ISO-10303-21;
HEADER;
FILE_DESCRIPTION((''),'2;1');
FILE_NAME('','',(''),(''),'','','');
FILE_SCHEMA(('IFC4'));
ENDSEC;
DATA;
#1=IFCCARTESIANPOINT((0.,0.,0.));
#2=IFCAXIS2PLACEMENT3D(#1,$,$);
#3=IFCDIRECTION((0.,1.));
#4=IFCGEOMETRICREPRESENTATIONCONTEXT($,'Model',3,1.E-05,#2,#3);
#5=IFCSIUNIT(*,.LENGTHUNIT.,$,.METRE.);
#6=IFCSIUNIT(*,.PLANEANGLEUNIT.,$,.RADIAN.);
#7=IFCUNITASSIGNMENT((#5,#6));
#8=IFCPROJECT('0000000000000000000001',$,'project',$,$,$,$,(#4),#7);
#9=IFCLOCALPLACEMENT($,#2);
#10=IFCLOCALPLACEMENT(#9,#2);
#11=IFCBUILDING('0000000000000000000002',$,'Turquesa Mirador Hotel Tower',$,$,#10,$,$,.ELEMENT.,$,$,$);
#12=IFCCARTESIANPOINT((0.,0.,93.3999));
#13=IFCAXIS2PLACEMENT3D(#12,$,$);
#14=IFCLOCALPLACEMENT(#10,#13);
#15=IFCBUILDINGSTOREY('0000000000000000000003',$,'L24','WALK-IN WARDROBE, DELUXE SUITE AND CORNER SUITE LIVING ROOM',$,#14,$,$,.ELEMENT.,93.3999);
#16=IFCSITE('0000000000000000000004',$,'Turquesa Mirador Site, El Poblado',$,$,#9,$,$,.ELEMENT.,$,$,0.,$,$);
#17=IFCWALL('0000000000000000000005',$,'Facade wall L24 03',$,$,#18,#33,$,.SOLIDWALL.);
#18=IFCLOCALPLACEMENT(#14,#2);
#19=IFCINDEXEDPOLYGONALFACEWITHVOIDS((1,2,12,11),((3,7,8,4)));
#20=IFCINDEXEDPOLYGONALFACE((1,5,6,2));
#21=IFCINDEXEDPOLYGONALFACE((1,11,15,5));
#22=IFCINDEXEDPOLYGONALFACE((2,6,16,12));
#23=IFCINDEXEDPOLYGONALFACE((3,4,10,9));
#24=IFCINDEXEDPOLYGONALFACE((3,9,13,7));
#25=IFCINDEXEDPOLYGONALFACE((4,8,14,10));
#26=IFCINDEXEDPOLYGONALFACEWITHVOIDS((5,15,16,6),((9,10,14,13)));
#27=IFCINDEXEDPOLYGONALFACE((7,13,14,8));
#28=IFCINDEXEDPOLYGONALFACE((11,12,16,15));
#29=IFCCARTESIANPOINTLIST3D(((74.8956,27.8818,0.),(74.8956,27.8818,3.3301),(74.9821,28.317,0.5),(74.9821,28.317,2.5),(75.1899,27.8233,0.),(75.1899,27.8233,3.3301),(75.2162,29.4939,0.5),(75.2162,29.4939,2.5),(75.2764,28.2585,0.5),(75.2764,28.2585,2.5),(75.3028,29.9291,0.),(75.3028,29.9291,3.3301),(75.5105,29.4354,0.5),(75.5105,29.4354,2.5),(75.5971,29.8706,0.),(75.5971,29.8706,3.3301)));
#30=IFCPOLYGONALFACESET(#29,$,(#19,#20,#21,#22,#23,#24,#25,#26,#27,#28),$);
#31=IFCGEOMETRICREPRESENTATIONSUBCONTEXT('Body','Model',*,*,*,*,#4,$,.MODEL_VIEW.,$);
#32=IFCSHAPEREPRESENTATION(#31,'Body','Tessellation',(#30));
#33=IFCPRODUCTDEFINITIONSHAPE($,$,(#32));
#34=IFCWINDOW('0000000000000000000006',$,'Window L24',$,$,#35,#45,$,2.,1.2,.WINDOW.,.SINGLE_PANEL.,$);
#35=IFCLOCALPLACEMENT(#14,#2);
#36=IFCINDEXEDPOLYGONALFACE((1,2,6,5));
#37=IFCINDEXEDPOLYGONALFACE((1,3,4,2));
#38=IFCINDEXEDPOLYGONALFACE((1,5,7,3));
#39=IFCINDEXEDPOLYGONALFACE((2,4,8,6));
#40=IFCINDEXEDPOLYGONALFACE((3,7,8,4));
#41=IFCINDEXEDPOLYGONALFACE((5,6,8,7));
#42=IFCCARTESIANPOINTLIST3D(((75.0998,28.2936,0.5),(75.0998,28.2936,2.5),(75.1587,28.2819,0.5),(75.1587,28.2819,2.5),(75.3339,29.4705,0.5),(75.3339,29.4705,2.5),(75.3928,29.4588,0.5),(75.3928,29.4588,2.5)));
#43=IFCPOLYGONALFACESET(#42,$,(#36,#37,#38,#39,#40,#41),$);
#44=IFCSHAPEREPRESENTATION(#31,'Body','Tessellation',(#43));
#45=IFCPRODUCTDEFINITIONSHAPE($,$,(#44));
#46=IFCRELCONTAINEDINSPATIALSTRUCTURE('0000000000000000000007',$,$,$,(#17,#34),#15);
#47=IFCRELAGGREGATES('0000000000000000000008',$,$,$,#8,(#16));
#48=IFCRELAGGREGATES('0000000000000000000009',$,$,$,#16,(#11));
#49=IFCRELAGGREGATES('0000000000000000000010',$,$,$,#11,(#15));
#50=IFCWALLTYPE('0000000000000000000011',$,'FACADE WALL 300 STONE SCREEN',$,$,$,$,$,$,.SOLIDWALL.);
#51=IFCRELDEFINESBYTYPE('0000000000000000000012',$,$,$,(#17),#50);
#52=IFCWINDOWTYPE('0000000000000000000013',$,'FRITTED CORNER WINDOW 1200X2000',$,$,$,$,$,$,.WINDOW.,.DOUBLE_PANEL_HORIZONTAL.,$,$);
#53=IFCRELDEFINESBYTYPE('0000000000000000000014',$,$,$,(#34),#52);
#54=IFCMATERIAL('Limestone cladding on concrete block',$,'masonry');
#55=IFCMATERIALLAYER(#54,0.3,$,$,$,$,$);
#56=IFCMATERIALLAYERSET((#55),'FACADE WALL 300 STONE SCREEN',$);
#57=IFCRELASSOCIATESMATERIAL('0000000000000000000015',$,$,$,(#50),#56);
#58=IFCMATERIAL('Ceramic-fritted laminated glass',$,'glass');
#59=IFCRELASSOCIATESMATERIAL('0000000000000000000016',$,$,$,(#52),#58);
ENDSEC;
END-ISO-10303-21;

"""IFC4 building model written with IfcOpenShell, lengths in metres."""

from ifc_helpers import new_model, si_unit, direction, frame, frame_2d, origin, place, context, subcontext, project, spatial, rectangle, extrude, material, layer, layer_set, type_object, element, fill, save


model = new_model("IFC4")

# Units and contexts
model_context = context("Model", 3, precision=1e-05, world=origin(), true_north=direction((0.0, 1.0)))
body_context = subcontext(model_context, "Body", "Model", "MODEL_VIEW")
ifc_project = project(units=[si_unit("LENGTHUNIT", "METRE"), si_unit("PLANEANGLEUNIT", "RADIAN")], contexts=[model_context])

# Site, building, storey
site_placement = place(None, origin())
site = spatial("IfcSite", under=ifc_project, at=site_placement, Name="Turquesa Mirador Site, El Poblado", CompositionType="ELEMENT", RefElevation=0.0)
building_placement = place(site_placement, origin())
building = spatial("IfcBuilding", under=site, at=building_placement, Name="Turquesa Mirador Hotel Tower", CompositionType="ELEMENT")
storey_placement = place(building_placement, frame((0.0, 0.0, 93.3999)))
storey = spatial("IfcBuildingStorey", under=building, at=storey_placement, Name="L24", Description="WALK-IN WARDROBE, DELUXE SUITE AND CORNER SUITE LIVING ROOM", CompositionType="ELEMENT", Elevation=93.3999)

# Wall, opening, window
ifc_material_1 = material(Name="Limestone cladding on concrete block", Category="masonry")
ifc_layer = layer(ifc_material_1, 0.3)
ifc_layer_set = layer_set([ifc_layer], Name="FACADE WALL 300 STONE SCREEN")
wall_type = type_object("IfcWallType", Name="FACADE WALL 300 STONE SCREEN", PredefinedType="SOLIDWALL", material=ifc_layer_set)
wall_1_placement = place(storey_placement, frame((75.0427, 27.8525, 0.0), z_axis=(0.0, 0.0, 1.0), x_axis=(0.195081, 0.980787, 0.0)))
wall_1 = element("IfcWall", 1, at=wall_1_placement, inside=storey, type_object=wall_type, Name="Facade wall L24 03", PredefinedType="SOLIDWALL", context=body_context, shape_type="SweptSolid", body=[
    extrude(rectangle(XDim=2.0874, YDim=0.3, at=frame_2d((1.0437, 0.0))), origin(), (0.0, 0.0, 1.0), 3.3301),
])
opening_1_placement = place(wall_1_placement, frame((0.4436, 0.0, 0.5)))
opening_1 = element("IfcOpeningElement", 2, at=opening_1_placement, cuts=wall_1, PredefinedType="OPENING", context=body_context, shape_type="SweptSolid", body=[
    extrude(rectangle(XDim=1.2, YDim=2.0, at=frame_2d((0.6001, 1.0))), frame((0.0, 0.1599, 0.0), z_axis=(0.0, -1.0, 0.0), x_axis=(1.0, 0.0, 0.0)), (0.0, 0.0, 1.0), 0.3201),
])
ifc_material_2 = material(Name="Ceramic-fritted laminated glass", Category="glass")
window_type_1 = type_object("IfcWindowType", Name="FRITTED CORNER WINDOW 1200X2000", PartitioningType="DOUBLE_PANEL_HORIZONTAL", PredefinedType="WINDOW", material=ifc_material_2)
window_1_placement = place(opening_1_placement, origin())
window_1 = element("IfcWindow", 3, at=window_1_placement, inside=storey, type_object=window_type_1, Name="Window L24", OverallHeight=2.0, OverallWidth=1.2, PartitioningType="SINGLE_PANEL", PredefinedType="WINDOW", context=body_context, shape_type="SweptSolid", body=[
    extrude(rectangle(XDim=1.2, YDim=2.0, at=frame_2d((0.6001, 1.0))), frame((0.0, 0.03, 0.0), z_axis=(0.0, -1.0, 0.0), x_axis=(1.0, 0.0, 0.0)), (0.0, 0.0, 1.0), 0.0601),
])
fill(opening_1, window_1)

save(model, "model.ifc")
